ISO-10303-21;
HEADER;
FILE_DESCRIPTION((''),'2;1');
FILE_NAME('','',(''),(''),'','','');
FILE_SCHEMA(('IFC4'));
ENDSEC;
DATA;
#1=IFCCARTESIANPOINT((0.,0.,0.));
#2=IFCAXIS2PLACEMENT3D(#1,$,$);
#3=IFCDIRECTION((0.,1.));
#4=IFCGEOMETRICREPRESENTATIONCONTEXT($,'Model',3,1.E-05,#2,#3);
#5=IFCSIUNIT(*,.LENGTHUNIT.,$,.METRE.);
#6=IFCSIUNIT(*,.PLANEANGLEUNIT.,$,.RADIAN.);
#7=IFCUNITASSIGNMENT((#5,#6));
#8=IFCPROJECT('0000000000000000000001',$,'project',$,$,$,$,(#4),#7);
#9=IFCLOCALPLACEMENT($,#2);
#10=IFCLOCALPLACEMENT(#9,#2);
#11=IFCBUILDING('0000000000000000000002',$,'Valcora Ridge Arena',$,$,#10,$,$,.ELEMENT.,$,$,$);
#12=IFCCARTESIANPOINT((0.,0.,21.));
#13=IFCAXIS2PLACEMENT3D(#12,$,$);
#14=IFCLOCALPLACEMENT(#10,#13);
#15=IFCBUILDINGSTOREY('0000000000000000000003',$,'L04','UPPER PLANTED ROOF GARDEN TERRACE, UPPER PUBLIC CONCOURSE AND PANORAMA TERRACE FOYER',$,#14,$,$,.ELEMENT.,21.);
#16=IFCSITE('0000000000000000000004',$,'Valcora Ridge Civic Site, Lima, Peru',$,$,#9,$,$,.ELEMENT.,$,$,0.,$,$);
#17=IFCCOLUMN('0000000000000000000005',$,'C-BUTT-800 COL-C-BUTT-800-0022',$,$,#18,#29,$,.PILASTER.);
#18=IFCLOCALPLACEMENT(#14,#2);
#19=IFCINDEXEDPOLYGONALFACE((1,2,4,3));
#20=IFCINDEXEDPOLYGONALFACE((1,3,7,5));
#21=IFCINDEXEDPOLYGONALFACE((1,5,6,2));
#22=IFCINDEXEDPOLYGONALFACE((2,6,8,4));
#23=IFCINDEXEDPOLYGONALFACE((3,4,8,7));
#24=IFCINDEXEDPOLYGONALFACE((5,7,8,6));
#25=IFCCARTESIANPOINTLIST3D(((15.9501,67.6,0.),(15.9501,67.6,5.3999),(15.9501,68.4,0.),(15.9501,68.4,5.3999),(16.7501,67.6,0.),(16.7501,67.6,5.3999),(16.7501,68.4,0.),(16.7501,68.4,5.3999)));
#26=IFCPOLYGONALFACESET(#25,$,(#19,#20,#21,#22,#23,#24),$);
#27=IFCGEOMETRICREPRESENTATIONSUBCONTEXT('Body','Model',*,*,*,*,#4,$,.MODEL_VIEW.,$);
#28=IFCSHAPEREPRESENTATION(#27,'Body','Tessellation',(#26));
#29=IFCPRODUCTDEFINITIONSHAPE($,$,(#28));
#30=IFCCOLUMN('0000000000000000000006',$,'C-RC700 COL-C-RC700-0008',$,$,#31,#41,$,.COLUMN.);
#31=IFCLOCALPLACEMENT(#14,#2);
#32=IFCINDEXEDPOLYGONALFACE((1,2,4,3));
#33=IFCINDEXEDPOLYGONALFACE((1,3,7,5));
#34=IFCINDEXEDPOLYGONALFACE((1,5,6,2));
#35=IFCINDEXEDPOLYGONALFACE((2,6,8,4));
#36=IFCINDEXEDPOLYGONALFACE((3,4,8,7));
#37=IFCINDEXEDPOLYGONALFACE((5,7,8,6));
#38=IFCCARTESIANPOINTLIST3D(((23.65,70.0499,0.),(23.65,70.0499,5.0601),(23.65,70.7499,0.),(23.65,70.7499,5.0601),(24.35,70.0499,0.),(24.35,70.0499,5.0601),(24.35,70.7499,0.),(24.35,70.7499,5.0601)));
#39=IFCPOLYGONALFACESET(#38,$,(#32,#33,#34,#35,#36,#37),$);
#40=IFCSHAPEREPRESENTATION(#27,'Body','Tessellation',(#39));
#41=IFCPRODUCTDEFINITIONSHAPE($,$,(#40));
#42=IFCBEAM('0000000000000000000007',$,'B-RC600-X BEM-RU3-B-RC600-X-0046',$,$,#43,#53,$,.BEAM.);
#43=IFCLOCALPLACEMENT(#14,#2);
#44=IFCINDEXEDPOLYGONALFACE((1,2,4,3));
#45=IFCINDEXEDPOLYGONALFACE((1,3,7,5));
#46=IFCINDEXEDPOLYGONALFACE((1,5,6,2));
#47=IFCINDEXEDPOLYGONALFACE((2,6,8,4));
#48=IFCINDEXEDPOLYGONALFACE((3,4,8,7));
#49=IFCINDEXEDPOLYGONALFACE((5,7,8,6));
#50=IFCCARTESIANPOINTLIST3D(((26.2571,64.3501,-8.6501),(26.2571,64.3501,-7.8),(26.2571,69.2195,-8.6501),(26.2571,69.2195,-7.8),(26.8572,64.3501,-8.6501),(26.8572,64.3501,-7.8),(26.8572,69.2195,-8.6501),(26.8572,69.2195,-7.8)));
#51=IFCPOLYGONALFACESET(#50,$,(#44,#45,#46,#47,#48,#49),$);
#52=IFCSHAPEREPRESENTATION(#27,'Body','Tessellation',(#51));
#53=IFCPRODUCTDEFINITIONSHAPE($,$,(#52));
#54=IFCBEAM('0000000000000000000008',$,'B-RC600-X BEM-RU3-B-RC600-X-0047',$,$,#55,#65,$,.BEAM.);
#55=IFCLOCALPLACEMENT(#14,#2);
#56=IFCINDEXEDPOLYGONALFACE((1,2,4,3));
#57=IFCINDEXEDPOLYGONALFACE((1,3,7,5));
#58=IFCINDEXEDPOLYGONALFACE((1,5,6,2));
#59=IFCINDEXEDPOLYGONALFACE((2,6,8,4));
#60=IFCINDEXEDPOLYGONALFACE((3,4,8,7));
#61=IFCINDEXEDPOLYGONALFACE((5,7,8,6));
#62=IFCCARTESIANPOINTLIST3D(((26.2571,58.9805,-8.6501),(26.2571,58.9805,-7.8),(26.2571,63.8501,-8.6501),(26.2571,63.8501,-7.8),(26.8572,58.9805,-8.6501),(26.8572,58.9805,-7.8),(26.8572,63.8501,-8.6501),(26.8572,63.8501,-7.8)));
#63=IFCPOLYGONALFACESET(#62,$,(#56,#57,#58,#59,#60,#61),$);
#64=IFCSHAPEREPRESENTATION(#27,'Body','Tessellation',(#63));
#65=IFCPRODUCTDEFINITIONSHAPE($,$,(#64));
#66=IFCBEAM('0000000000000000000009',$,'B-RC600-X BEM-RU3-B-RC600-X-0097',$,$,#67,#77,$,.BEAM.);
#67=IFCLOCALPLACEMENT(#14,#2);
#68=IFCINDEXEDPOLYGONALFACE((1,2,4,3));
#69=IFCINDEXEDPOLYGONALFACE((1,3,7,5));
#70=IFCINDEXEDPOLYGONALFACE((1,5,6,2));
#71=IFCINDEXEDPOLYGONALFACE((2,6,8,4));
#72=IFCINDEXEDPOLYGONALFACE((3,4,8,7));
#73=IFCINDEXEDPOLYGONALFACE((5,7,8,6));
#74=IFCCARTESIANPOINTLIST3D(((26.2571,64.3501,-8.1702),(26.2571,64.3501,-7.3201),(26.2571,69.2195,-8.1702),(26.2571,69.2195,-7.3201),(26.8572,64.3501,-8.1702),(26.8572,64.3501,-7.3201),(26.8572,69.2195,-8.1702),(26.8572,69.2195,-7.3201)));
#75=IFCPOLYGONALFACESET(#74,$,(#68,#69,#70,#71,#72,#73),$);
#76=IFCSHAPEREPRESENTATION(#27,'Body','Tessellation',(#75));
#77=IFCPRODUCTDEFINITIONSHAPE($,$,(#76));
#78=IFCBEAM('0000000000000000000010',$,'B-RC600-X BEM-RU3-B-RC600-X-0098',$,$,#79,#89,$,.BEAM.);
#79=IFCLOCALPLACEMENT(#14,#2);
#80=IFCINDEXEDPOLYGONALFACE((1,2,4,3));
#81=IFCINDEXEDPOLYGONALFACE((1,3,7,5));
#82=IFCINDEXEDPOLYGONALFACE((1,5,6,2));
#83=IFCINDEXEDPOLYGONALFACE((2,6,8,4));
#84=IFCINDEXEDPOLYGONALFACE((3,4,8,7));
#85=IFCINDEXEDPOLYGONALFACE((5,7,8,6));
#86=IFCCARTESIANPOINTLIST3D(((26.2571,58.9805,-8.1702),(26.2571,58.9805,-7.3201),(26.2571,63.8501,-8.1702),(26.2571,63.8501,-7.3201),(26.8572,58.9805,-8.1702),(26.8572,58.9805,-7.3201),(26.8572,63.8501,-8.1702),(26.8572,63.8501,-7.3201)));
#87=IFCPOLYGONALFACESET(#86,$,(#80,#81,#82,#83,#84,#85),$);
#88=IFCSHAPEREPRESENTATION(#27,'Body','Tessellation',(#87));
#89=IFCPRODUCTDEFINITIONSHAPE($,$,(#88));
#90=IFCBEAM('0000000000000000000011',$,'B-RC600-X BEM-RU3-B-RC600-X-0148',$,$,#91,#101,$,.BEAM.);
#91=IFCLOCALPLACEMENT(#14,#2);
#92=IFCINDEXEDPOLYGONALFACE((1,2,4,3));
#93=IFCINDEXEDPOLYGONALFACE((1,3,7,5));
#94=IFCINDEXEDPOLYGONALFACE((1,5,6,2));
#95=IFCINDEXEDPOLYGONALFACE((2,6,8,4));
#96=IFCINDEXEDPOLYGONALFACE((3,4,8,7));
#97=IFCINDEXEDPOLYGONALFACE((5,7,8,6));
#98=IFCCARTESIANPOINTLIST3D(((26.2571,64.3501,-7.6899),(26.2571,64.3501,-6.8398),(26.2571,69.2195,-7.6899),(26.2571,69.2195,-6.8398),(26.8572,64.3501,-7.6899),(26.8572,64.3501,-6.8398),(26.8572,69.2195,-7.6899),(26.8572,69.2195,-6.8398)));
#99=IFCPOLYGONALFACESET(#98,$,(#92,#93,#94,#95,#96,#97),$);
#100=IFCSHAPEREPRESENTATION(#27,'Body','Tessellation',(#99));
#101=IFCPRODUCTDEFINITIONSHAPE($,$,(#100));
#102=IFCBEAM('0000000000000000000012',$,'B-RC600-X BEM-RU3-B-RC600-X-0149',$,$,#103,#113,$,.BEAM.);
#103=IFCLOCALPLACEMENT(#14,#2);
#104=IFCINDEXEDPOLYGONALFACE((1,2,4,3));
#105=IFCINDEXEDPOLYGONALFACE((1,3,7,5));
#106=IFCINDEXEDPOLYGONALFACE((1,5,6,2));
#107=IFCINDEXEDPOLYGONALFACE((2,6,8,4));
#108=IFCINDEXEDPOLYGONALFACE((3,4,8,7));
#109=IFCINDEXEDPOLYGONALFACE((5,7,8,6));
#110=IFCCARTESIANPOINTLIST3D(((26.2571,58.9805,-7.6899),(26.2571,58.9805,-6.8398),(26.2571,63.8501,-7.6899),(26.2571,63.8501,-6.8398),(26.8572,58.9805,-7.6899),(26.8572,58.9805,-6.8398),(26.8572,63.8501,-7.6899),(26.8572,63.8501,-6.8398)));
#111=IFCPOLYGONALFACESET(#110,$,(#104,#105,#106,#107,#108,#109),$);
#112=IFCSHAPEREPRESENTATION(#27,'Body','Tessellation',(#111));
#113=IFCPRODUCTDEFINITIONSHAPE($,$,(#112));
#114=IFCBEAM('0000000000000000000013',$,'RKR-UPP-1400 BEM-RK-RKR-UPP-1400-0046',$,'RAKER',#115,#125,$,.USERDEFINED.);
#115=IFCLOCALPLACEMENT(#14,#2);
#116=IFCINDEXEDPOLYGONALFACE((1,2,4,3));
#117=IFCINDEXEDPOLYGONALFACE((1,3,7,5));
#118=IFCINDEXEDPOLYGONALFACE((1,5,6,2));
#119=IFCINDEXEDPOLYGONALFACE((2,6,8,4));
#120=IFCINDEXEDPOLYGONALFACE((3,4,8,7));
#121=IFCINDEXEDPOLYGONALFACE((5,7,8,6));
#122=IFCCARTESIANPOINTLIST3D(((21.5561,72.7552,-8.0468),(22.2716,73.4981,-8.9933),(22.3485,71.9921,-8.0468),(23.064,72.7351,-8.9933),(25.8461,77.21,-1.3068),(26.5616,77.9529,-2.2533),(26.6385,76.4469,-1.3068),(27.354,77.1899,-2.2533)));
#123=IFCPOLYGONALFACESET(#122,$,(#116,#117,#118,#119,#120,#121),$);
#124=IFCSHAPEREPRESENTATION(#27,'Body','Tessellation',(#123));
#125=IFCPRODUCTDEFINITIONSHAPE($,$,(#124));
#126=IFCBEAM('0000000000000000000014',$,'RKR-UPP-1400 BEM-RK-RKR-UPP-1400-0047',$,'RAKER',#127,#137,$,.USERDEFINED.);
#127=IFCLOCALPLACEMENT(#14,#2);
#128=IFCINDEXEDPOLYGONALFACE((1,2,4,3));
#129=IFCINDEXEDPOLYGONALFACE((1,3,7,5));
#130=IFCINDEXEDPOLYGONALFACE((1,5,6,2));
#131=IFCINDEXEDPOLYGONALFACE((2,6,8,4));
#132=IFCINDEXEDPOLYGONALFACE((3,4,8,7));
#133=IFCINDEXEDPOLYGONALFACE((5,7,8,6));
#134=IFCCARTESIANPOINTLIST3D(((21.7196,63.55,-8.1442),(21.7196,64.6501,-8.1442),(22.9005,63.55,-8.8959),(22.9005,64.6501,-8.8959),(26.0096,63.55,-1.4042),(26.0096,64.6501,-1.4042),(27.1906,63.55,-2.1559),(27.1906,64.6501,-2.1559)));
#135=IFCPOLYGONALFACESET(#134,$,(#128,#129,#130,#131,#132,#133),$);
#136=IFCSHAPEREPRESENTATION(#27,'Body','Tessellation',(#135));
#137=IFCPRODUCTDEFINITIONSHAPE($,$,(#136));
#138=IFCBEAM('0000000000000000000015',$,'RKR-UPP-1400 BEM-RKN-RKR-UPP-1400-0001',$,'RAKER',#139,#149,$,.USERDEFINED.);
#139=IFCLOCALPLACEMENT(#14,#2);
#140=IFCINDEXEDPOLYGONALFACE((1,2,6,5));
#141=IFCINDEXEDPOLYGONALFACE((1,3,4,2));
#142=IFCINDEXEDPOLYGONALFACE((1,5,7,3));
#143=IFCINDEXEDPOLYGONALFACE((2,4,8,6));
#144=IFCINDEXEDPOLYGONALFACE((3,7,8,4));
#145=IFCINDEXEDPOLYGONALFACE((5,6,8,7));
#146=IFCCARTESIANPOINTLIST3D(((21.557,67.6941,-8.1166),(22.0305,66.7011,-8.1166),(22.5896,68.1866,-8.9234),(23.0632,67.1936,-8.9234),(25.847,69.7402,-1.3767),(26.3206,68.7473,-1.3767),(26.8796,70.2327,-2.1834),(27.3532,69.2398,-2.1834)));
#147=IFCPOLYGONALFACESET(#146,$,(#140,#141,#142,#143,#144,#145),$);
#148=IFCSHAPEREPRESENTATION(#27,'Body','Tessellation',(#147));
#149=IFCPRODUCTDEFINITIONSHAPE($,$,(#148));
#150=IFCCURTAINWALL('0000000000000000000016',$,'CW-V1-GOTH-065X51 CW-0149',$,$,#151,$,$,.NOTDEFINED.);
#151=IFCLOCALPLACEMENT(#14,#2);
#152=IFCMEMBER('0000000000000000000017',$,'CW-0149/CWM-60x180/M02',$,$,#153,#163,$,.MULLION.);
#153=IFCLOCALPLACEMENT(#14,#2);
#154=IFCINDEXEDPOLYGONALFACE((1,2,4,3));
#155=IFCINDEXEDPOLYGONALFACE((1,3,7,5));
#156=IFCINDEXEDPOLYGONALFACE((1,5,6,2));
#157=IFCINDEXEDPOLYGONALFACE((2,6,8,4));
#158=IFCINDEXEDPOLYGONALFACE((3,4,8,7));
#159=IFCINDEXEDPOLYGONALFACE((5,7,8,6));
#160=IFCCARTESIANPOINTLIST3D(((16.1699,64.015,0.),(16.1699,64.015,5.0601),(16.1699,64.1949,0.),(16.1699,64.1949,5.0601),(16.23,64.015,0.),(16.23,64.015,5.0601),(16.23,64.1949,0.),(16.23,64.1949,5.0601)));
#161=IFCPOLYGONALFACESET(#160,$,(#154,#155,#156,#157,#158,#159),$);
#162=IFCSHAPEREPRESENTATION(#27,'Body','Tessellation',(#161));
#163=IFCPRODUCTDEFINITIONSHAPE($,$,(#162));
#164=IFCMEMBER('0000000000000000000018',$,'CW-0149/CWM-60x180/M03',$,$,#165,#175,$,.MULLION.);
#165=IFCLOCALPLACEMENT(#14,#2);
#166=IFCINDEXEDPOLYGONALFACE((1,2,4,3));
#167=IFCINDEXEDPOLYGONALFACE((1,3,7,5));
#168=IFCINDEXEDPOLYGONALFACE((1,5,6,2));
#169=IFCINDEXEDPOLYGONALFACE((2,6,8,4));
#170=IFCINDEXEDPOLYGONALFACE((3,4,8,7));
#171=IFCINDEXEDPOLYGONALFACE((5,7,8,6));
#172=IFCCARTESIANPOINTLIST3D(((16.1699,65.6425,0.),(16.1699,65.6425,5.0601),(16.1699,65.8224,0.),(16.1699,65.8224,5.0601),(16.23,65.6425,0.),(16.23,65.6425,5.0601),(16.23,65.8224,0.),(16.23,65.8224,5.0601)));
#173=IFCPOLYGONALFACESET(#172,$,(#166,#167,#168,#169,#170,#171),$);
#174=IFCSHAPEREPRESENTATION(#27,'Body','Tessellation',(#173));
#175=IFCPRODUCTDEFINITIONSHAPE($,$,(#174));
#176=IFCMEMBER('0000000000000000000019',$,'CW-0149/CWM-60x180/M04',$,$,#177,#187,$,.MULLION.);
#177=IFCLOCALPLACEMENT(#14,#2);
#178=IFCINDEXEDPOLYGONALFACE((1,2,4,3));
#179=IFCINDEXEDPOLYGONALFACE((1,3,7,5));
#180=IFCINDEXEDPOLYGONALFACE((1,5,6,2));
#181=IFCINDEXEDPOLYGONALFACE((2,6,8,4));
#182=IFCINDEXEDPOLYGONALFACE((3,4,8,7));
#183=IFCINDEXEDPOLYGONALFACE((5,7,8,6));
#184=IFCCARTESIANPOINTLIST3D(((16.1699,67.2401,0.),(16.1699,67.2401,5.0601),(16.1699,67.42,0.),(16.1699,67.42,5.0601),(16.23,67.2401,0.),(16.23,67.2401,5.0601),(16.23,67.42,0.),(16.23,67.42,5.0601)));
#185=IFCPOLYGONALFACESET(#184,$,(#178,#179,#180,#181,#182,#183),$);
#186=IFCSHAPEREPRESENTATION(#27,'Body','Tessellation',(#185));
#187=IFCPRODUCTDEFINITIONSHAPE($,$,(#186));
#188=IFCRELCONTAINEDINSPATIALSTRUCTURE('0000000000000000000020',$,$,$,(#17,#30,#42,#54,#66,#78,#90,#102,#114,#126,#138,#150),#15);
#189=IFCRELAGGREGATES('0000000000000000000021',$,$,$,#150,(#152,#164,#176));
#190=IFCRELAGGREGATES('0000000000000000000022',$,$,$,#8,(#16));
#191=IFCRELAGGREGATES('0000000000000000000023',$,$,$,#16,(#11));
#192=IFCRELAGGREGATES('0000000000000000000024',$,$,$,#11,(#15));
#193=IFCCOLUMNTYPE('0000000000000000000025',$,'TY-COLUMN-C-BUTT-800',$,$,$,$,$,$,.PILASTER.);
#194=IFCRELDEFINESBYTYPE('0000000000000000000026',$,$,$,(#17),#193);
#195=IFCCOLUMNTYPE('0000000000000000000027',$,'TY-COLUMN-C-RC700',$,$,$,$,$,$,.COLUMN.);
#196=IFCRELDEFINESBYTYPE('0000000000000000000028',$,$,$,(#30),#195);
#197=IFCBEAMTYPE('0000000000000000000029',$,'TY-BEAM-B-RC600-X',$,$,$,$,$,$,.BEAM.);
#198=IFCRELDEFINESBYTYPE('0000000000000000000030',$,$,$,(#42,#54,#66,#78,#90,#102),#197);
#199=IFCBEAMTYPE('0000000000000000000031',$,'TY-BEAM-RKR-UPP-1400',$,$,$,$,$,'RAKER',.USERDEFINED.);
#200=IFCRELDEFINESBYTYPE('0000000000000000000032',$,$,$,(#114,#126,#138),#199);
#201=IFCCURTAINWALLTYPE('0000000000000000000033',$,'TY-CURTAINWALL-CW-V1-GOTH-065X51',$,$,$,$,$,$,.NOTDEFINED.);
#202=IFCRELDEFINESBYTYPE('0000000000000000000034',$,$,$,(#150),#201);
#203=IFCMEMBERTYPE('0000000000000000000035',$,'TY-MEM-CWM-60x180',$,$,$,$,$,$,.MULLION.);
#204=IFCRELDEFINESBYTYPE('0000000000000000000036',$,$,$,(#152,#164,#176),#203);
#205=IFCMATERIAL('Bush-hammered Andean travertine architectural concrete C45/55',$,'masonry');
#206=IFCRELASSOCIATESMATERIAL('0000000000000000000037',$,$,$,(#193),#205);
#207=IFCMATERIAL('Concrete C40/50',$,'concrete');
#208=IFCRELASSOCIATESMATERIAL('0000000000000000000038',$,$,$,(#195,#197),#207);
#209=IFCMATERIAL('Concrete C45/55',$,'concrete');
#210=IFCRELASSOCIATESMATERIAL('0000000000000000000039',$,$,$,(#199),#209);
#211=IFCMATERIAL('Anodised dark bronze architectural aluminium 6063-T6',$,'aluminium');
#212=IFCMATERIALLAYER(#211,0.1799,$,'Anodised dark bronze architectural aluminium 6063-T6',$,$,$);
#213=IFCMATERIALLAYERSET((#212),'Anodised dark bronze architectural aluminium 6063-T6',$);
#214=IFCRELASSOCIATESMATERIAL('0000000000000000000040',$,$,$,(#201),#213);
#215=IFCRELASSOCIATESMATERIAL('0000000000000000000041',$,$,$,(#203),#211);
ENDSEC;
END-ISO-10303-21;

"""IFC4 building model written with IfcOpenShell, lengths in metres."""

from ifc_helpers import new_model, si_unit, direction, frame, origin, origin_2d, place, context, subcontext, project, spatial, rectangle, extrude, material, layer, layer_set, material_profile, profile_set, type_object, element, aggregate, save


model = new_model("IFC4")

# Units and contexts
model_context = context("Model", 3, precision=1e-05, world=origin(), true_north=direction((0.0, 1.0)))
body_context = subcontext(model_context, "Body", "Model", "MODEL_VIEW")
ifc_project = project(units=[si_unit("LENGTHUNIT", "METRE"), si_unit("PLANEANGLEUNIT", "RADIAN")], contexts=[model_context])

# Site, building, storey
site_placement = place(None, origin())
site = spatial("IfcSite", under=ifc_project, at=site_placement, Name="Valcora Ridge Civic Site, Lima, Peru", CompositionType="ELEMENT", RefElevation=0.0)
building_placement = place(site_placement, origin())
building = spatial("IfcBuilding", under=site, at=building_placement, Name="Valcora Ridge Arena", CompositionType="ELEMENT")
storey_placement = place(building_placement, frame((0.0, 0.0, 21.0)))
storey = spatial("IfcBuildingStorey", under=building, at=storey_placement, Name="L04", Description="UPPER PLANTED ROOF GARDEN TERRACE, UPPER PUBLIC CONCOURSE AND PANORAMA TERRACE FOYER", CompositionType="ELEMENT", Elevation=21.0)

# Columns
ifc_material_1 = material(Name="Bush-hammered Andean travertine architectural concrete C45/55", Category="masonry")
ifc_material_profile_1 = material_profile(ifc_material_1, rectangle(XDim=0.8, YDim=0.8, at=origin_2d()), Name="RC 800x800")
ifc_profile_set_1 = profile_set([ifc_material_profile_1], Name="Bush-hammered Andean travertine architectural concrete C45/55")
column_type_1 = type_object("IfcColumnType", Name="TY-COLUMN-C-BUTT-800", PredefinedType="PILASTER", material=ifc_profile_set_1)
column_1_placement = place(storey_placement, frame((16.3501, 68.0, 0.0), z_axis=(0.0, 0.0, 1.0), x_axis=(1.0, 0.0, 0.0)))
element("IfcColumn", 1, at=column_1_placement, inside=storey, type_object=column_type_1, Name="C-BUTT-800 COL-C-BUTT-800-0022", PredefinedType="PILASTER", context=body_context, shape_type="SweptSolid", body=[
    extrude(rectangle(XDim=0.8, YDim=0.8, at=origin_2d()), origin(), (0.0, 0.0, 1.0), 5.3999),
])
ifc_material_2 = material(Name="Concrete C40/50", Category="concrete")
ifc_material_profile_2 = material_profile(ifc_material_2, rectangle(XDim=0.7, YDim=0.7, at=origin_2d()), Name="RC 700x700")
ifc_profile_set_2 = profile_set([ifc_material_profile_2], Name="Concrete C40/50")
column_type_2 = type_object("IfcColumnType", Name="TY-COLUMN-C-RC700", PredefinedType="COLUMN", material=ifc_profile_set_2)
column_2_placement = place(storey_placement, frame((24.0, 70.3999, 0.0), z_axis=(0.0, 0.0, 1.0), x_axis=(1.0, 0.0, 0.0)))
element("IfcColumn", 2, at=column_2_placement, inside=storey, type_object=column_type_2, Name="C-RC700 COL-C-RC700-0008", PredefinedType="COLUMN", context=body_context, shape_type="SweptSolid", body=[
    extrude(rectangle(XDim=0.7, YDim=0.7, at=origin_2d()), origin(), (0.0, 0.0, 1.0), 5.0601),
])

# Beams
ifc_material_profile_3 = material_profile(ifc_material_2, rectangle(XDim=0.6001, YDim=0.8501, at=origin_2d()), Name="RC 600x850")
ifc_profile_set_3 = profile_set([ifc_material_profile_3], Name="Concrete C40/50")
beam_type_1 = type_object("IfcBeamType", Name="TY-BEAM-B-RC600-X", PredefinedType="BEAM", material=ifc_profile_set_3)
beam_1_placement = place(storey_placement, frame((26.5571, 69.2195, -8.2251), z_axis=(0.0, -1.0, 0.0), x_axis=(1.0, 0.0, 0.0)))
element("IfcBeam", 3, at=beam_1_placement, inside=storey, type_object=beam_type_1, Name="B-RC600-X BEM-RU3-B-RC600-X-0046", PredefinedType="BEAM", context=body_context, shape_type="SweptSolid", body=[
    extrude(rectangle(XDim=0.6001, YDim=0.8501, at=origin_2d()), origin(), (0.0, 0.0, 1.0), 4.8694),
])
beam_2_placement = place(storey_placement, frame((26.5571, 63.8501, -8.2251), z_axis=(0.0, -1.0, 0.0), x_axis=(1.0, 0.0, 0.0)))
element("IfcBeam", 4, at=beam_2_placement, inside=storey, type_object=beam_type_1, Name="B-RC600-X BEM-RU3-B-RC600-X-0047", PredefinedType="BEAM", context=body_context, shape_type="SweptSolid", body=[
    extrude(rectangle(XDim=0.6001, YDim=0.8501, at=origin_2d()), origin(), (0.0, 0.0, 1.0), 4.8696),
])
beam_3_placement = place(storey_placement, frame((26.5571, 69.2195, -7.7451), z_axis=(0.0, -1.0, 0.0), x_axis=(1.0, 0.0, 0.0)))
element("IfcBeam", 5, at=beam_3_placement, inside=storey, type_object=beam_type_1, Name="B-RC600-X BEM-RU3-B-RC600-X-0097", PredefinedType="BEAM", context=body_context, shape_type="SweptSolid", body=[
    extrude(rectangle(XDim=0.6001, YDim=0.8501, at=origin_2d()), origin(), (0.0, 0.0, 1.0), 4.8694),
])
beam_4_placement = place(storey_placement, frame((26.5571, 63.8501, -7.7451), z_axis=(0.0, -1.0, 0.0), x_axis=(1.0, 0.0, 0.0)))
element("IfcBeam", 6, at=beam_4_placement, inside=storey, type_object=beam_type_1, Name="B-RC600-X BEM-RU3-B-RC600-X-0098", PredefinedType="BEAM", context=body_context, shape_type="SweptSolid", body=[
    extrude(rectangle(XDim=0.6001, YDim=0.8501, at=origin_2d()), origin(), (0.0, 0.0, 1.0), 4.8696),
])
beam_5_placement = place(storey_placement, frame((26.5571, 69.2195, -7.2649), z_axis=(0.0, -1.0, 0.0), x_axis=(1.0, 0.0, 0.0)))
element("IfcBeam", 7, at=beam_5_placement, inside=storey, type_object=beam_type_1, Name="B-RC600-X BEM-RU3-B-RC600-X-0148", PredefinedType="BEAM", context=body_context, shape_type="SweptSolid", body=[
    extrude(rectangle(XDim=0.6001, YDim=0.8501, at=origin_2d()), origin(), (0.0, 0.0, 1.0), 4.8694),
])
beam_6_placement = place(storey_placement, frame((26.5571, 63.8501, -7.2649), z_axis=(0.0, -1.0, 0.0), x_axis=(1.0, 0.0, 0.0)))
element("IfcBeam", 8, at=beam_6_placement, inside=storey, type_object=beam_type_1, Name="B-RC600-X BEM-RU3-B-RC600-X-0149", PredefinedType="BEAM", context=body_context, shape_type="SweptSolid", body=[
    extrude(rectangle(XDim=0.6001, YDim=0.8501, at=origin_2d()), origin(), (0.0, 0.0, 1.0), 4.8696),
])
ifc_material_3 = material(Name="Concrete C45/55", Category="concrete")
ifc_material_profile_4 = material_profile(ifc_material_3, rectangle(XDim=1.1001, YDim=1.3999, at=origin_2d()), Name="RC 1100x1400")
ifc_profile_set_4 = profile_set([ifc_material_profile_4], Name="Concrete C45/55")
beam_type_2 = type_object("IfcBeamType", Name="TY-BEAM-RKR-UPP-1400", ElementType="RAKER", PredefinedType="USERDEFINED", material=ifc_profile_set_4)
beam_7_placement = place(storey_placement, frame((22.3101, 72.7451, -8.52), z_axis=(0.468983, 0.486998, 0.736809), x_axis=(-0.720304, 0.693658, 0.0)))
element("IfcBeam", 9, at=beam_7_placement, inside=storey, type_object=beam_type_2, Name="RKR-UPP-1400 BEM-RK-RKR-UPP-1400-0046", ObjectType="RAKER", PredefinedType="USERDEFINED", context=body_context, shape_type="SweptSolid", body=[
    extrude(rectangle(XDim=1.1001, YDim=1.3999, at=origin_2d()), origin(), (0.0, 0.0, 1.0), 9.1475),
])
beam_8_placement = place(storey_placement, frame((22.3101, 64.1001, -8.52), z_axis=(0.536961, 0.0, 0.843607), x_axis=(0.0, 1.0, 0.0)))
element("IfcBeam", 10, at=beam_8_placement, inside=storey, type_object=beam_type_2, Name="RKR-UPP-1400 BEM-RK-RKR-UPP-1400-0047", ObjectType="RAKER", PredefinedType="USERDEFINED", context=body_context, shape_type="SweptSolid", body=[
    extrude(rectangle(XDim=1.1001, YDim=1.3999, at=origin_2d()), origin(), (0.0, 0.0, 1.0), 7.9895),
])
beam_9_placement = place(storey_placement, frame((22.3101, 67.4438, -8.52), z_axis=(0.520173, 0.248097, 0.817232), x_axis=(-0.430494, 0.902594, 0.0)))
element("IfcBeam", 11, at=beam_9_placement, inside=storey, type_object=beam_type_2, Name="RKR-UPP-1400 BEM-RKN-RKR-UPP-1400-0001", ObjectType="RAKER", PredefinedType="USERDEFINED", context=body_context, shape_type="SweptSolid", body=[
    extrude(rectangle(XDim=1.1001, YDim=1.3999, at=origin_2d()), origin(), (0.0, 0.0, 1.0), 8.2473),
])

# Curtain wall, members
ifc_material_4 = material(Name="Anodised dark bronze architectural aluminium 6063-T6", Category="aluminium")
ifc_layer_1 = layer(ifc_material_4, 0.1799, Name="Anodised dark bronze architectural aluminium 6063-T6")
ifc_layer_set_1 = layer_set([ifc_layer_1], Name="Anodised dark bronze architectural aluminium 6063-T6")
curtain_wall_type_1 = type_object("IfcCurtainWallType", Name="TY-CURTAINWALL-CW-V1-GOTH-065X51", PredefinedType="NOTDEFINED", material=ifc_layer_set_1)
curtain_wall_1_placement = place(storey_placement, origin())
curtain_wall_1 = element("IfcCurtainWall", 12, at=curtain_wall_1_placement, inside=storey, type_object=curtain_wall_type_1, Name="CW-V1-GOTH-065X51 CW-0149", PredefinedType="NOTDEFINED")
ifc_material_profile_5 = material_profile(ifc_material_4, rectangle(XDim=0.0601, YDim=0.1799, at=origin_2d()), Name="ALU MULLION 60x180")
ifc_profile_set_5 = profile_set([ifc_material_profile_5], Name="Anodised dark bronze architectural aluminium 6063-T6")
member_type_1 = type_object("IfcMemberType", Name="TY-MEM-CWM-60x180", PredefinedType="MULLION", material=ifc_profile_set_5)
member_1_placement = place(storey_placement, frame((16.2, 64.105, 0.0), z_axis=(0.0, 0.0, 1.0), x_axis=(-1.0, 0.0, 0.0)))
member_1 = element("IfcMember", 13, at=member_1_placement, type_object=member_type_1, Name="CW-0149/CWM-60x180/M02", PredefinedType="MULLION", context=body_context, shape_type="SweptSolid", body=[
    extrude(rectangle(XDim=0.0601, YDim=0.1799, at=origin_2d()), origin(), (0.0, 0.0, 1.0), 5.0601),
])
member_2_placement = place(storey_placement, frame((16.2, 65.7324, 0.0), z_axis=(0.0, 0.0, 1.0), x_axis=(-1.0, 0.0, 0.0)))
member_2 = element("IfcMember", 14, at=member_2_placement, type_object=member_type_1, Name="CW-0149/CWM-60x180/M03", PredefinedType="MULLION", context=body_context, shape_type="SweptSolid", body=[
    extrude(rectangle(XDim=0.0601, YDim=0.1799, at=origin_2d()), origin(), (0.0, 0.0, 1.0), 5.0601),
])
member_3_placement = place(storey_placement, frame((16.2, 67.3301, 0.0), z_axis=(0.0, 0.0, 1.0), x_axis=(-1.0, 0.0, 0.0)))
member_3 = element("IfcMember", 15, at=member_3_placement, type_object=member_type_1, Name="CW-0149/CWM-60x180/M04", PredefinedType="MULLION", context=body_context, shape_type="SweptSolid", body=[
    extrude(rectangle(XDim=0.0601, YDim=0.1799, at=origin_2d()), origin(), (0.0, 0.0, 1.0), 5.0601),
])

aggregate(curtain_wall_1, [member_1, member_2, member_3])

save(model, "model.ifc")
